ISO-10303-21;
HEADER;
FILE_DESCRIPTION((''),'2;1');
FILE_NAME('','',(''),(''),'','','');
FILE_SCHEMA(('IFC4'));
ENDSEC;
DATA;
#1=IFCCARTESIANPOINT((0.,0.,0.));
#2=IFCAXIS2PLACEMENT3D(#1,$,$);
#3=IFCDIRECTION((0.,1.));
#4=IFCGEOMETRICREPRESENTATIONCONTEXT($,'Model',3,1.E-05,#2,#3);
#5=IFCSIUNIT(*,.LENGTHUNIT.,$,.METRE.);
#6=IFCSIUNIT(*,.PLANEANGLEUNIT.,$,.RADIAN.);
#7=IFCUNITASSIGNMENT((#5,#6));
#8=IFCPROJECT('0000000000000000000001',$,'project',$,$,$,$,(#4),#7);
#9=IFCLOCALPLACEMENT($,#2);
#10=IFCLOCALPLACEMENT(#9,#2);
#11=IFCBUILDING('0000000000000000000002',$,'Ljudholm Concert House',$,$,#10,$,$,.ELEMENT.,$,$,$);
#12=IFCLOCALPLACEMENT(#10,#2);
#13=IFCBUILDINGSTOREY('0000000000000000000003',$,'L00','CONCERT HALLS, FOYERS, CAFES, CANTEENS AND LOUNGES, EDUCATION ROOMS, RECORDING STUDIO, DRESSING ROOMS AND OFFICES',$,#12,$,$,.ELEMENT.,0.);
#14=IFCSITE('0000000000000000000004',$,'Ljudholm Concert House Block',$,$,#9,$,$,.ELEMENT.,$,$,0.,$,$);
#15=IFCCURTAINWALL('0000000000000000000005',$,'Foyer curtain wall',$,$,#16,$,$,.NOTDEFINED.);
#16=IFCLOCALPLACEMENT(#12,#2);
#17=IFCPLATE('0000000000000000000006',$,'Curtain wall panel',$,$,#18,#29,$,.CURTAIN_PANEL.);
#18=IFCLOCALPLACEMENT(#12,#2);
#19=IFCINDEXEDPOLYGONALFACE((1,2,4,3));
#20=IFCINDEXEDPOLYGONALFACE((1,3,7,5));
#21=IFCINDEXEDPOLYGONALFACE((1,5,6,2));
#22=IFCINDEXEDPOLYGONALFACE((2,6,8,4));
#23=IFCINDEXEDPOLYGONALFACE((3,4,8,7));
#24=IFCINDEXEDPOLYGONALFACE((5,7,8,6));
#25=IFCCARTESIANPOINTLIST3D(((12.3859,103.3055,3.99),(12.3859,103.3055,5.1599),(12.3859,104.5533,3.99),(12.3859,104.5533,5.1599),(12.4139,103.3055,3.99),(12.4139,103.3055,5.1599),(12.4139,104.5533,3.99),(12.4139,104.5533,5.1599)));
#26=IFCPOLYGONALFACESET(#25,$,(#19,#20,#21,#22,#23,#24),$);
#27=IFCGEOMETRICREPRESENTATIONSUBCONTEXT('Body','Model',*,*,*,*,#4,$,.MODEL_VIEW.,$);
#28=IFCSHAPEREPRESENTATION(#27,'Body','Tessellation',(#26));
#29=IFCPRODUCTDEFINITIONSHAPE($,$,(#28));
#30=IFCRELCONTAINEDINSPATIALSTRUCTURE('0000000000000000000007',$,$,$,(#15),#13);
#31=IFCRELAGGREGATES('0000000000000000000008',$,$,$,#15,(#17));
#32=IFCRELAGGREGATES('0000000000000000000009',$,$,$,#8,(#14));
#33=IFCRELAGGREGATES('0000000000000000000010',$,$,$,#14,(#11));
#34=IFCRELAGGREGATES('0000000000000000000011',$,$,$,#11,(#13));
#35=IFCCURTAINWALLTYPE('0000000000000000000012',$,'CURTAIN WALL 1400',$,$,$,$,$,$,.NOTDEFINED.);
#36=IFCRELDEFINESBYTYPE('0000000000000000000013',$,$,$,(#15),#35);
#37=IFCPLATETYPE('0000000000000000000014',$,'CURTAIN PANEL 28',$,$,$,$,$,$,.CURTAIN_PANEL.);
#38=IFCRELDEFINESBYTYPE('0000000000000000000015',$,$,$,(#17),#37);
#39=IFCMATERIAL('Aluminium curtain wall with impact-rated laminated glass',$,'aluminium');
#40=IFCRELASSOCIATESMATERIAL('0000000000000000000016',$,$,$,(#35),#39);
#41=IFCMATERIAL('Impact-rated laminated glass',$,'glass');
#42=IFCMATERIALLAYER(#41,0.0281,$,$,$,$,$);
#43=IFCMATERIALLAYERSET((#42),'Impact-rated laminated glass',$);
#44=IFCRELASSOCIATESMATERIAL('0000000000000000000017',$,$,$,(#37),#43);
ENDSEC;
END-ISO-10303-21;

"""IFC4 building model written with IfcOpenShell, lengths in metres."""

from ifc_helpers import new_model, si_unit, direction, frame, origin, origin_2d, place, context, subcontext, project, spatial, rectangle, extrude, material, layer, layer_set, type_object, element, aggregate, save


model = new_model("IFC4")

# Units and contexts
model_context = context("Model", 3, precision=1e-05, world=origin(), true_north=direction((0.0, 1.0)))
body_context = subcontext(model_context, "Body", "Model", "MODEL_VIEW")
ifc_project = project(units=[si_unit("LENGTHUNIT", "METRE"), si_unit("PLANEANGLEUNIT", "RADIAN")], contexts=[model_context])

# Site, building, storey
site_placement = place(None, origin())
site = spatial("IfcSite", under=ifc_project, at=site_placement, Name="Ljudholm Concert House Block", CompositionType="ELEMENT", RefElevation=0.0)
building_placement = place(site_placement, origin())
building = spatial("IfcBuilding", under=site, at=building_placement, Name="Ljudholm Concert House", CompositionType="ELEMENT")
storey_placement = place(building_placement, origin())
storey = spatial("IfcBuildingStorey", under=building, at=storey_placement, Name="L00", Description="CONCERT HALLS, FOYERS, CAFES, CANTEENS AND LOUNGES, EDUCATION ROOMS, RECORDING STUDIO, DRESSING ROOMS AND OFFICES", CompositionType="ELEMENT", Elevation=0.0)

# Curtain wall, plate
ifc_material_1 = material(Name="Aluminium curtain wall with impact-rated laminated glass", Category="aluminium")
curtain_wall_type = type_object("IfcCurtainWallType", Name="CURTAIN WALL 1400", PredefinedType="NOTDEFINED", material=ifc_material_1)
curtain_wall_placement = place(storey_placement, origin())
curtain_wall = element("IfcCurtainWall", 1, at=curtain_wall_placement, inside=storey, type_object=curtain_wall_type, Name="Foyer curtain wall", PredefinedType="NOTDEFINED")
ifc_material_2 = material(Name="Impact-rated laminated glass", Category="glass")
ifc_layer = layer(ifc_material_2, 0.0281)
ifc_layer_set = layer_set([ifc_layer], Name="Impact-rated laminated glass")
plate_type = type_object("IfcPlateType", Name="CURTAIN PANEL 28", PredefinedType="CURTAIN_PANEL", material=ifc_layer_set)
plate_1_placement = place(storey_placement, frame((12.3999, 103.9294, 3.99), z_axis=(0.0, 0.0, 1.0), x_axis=(0.0, 1.0, 0.0)))
plate_1 = element("IfcPlate", 2, at=plate_1_placement, type_object=plate_type, Name="Curtain wall panel", PredefinedType="CURTAIN_PANEL", context=body_context, shape_type="SweptSolid", body=[
    extrude(rectangle(XDim=1.2478, YDim=0.0281, at=origin_2d()), origin(), (0.0, 0.0, 1.0), 1.1699),
])
aggregate(curtain_wall, [plate_1])

save(model, "model.ifc")
